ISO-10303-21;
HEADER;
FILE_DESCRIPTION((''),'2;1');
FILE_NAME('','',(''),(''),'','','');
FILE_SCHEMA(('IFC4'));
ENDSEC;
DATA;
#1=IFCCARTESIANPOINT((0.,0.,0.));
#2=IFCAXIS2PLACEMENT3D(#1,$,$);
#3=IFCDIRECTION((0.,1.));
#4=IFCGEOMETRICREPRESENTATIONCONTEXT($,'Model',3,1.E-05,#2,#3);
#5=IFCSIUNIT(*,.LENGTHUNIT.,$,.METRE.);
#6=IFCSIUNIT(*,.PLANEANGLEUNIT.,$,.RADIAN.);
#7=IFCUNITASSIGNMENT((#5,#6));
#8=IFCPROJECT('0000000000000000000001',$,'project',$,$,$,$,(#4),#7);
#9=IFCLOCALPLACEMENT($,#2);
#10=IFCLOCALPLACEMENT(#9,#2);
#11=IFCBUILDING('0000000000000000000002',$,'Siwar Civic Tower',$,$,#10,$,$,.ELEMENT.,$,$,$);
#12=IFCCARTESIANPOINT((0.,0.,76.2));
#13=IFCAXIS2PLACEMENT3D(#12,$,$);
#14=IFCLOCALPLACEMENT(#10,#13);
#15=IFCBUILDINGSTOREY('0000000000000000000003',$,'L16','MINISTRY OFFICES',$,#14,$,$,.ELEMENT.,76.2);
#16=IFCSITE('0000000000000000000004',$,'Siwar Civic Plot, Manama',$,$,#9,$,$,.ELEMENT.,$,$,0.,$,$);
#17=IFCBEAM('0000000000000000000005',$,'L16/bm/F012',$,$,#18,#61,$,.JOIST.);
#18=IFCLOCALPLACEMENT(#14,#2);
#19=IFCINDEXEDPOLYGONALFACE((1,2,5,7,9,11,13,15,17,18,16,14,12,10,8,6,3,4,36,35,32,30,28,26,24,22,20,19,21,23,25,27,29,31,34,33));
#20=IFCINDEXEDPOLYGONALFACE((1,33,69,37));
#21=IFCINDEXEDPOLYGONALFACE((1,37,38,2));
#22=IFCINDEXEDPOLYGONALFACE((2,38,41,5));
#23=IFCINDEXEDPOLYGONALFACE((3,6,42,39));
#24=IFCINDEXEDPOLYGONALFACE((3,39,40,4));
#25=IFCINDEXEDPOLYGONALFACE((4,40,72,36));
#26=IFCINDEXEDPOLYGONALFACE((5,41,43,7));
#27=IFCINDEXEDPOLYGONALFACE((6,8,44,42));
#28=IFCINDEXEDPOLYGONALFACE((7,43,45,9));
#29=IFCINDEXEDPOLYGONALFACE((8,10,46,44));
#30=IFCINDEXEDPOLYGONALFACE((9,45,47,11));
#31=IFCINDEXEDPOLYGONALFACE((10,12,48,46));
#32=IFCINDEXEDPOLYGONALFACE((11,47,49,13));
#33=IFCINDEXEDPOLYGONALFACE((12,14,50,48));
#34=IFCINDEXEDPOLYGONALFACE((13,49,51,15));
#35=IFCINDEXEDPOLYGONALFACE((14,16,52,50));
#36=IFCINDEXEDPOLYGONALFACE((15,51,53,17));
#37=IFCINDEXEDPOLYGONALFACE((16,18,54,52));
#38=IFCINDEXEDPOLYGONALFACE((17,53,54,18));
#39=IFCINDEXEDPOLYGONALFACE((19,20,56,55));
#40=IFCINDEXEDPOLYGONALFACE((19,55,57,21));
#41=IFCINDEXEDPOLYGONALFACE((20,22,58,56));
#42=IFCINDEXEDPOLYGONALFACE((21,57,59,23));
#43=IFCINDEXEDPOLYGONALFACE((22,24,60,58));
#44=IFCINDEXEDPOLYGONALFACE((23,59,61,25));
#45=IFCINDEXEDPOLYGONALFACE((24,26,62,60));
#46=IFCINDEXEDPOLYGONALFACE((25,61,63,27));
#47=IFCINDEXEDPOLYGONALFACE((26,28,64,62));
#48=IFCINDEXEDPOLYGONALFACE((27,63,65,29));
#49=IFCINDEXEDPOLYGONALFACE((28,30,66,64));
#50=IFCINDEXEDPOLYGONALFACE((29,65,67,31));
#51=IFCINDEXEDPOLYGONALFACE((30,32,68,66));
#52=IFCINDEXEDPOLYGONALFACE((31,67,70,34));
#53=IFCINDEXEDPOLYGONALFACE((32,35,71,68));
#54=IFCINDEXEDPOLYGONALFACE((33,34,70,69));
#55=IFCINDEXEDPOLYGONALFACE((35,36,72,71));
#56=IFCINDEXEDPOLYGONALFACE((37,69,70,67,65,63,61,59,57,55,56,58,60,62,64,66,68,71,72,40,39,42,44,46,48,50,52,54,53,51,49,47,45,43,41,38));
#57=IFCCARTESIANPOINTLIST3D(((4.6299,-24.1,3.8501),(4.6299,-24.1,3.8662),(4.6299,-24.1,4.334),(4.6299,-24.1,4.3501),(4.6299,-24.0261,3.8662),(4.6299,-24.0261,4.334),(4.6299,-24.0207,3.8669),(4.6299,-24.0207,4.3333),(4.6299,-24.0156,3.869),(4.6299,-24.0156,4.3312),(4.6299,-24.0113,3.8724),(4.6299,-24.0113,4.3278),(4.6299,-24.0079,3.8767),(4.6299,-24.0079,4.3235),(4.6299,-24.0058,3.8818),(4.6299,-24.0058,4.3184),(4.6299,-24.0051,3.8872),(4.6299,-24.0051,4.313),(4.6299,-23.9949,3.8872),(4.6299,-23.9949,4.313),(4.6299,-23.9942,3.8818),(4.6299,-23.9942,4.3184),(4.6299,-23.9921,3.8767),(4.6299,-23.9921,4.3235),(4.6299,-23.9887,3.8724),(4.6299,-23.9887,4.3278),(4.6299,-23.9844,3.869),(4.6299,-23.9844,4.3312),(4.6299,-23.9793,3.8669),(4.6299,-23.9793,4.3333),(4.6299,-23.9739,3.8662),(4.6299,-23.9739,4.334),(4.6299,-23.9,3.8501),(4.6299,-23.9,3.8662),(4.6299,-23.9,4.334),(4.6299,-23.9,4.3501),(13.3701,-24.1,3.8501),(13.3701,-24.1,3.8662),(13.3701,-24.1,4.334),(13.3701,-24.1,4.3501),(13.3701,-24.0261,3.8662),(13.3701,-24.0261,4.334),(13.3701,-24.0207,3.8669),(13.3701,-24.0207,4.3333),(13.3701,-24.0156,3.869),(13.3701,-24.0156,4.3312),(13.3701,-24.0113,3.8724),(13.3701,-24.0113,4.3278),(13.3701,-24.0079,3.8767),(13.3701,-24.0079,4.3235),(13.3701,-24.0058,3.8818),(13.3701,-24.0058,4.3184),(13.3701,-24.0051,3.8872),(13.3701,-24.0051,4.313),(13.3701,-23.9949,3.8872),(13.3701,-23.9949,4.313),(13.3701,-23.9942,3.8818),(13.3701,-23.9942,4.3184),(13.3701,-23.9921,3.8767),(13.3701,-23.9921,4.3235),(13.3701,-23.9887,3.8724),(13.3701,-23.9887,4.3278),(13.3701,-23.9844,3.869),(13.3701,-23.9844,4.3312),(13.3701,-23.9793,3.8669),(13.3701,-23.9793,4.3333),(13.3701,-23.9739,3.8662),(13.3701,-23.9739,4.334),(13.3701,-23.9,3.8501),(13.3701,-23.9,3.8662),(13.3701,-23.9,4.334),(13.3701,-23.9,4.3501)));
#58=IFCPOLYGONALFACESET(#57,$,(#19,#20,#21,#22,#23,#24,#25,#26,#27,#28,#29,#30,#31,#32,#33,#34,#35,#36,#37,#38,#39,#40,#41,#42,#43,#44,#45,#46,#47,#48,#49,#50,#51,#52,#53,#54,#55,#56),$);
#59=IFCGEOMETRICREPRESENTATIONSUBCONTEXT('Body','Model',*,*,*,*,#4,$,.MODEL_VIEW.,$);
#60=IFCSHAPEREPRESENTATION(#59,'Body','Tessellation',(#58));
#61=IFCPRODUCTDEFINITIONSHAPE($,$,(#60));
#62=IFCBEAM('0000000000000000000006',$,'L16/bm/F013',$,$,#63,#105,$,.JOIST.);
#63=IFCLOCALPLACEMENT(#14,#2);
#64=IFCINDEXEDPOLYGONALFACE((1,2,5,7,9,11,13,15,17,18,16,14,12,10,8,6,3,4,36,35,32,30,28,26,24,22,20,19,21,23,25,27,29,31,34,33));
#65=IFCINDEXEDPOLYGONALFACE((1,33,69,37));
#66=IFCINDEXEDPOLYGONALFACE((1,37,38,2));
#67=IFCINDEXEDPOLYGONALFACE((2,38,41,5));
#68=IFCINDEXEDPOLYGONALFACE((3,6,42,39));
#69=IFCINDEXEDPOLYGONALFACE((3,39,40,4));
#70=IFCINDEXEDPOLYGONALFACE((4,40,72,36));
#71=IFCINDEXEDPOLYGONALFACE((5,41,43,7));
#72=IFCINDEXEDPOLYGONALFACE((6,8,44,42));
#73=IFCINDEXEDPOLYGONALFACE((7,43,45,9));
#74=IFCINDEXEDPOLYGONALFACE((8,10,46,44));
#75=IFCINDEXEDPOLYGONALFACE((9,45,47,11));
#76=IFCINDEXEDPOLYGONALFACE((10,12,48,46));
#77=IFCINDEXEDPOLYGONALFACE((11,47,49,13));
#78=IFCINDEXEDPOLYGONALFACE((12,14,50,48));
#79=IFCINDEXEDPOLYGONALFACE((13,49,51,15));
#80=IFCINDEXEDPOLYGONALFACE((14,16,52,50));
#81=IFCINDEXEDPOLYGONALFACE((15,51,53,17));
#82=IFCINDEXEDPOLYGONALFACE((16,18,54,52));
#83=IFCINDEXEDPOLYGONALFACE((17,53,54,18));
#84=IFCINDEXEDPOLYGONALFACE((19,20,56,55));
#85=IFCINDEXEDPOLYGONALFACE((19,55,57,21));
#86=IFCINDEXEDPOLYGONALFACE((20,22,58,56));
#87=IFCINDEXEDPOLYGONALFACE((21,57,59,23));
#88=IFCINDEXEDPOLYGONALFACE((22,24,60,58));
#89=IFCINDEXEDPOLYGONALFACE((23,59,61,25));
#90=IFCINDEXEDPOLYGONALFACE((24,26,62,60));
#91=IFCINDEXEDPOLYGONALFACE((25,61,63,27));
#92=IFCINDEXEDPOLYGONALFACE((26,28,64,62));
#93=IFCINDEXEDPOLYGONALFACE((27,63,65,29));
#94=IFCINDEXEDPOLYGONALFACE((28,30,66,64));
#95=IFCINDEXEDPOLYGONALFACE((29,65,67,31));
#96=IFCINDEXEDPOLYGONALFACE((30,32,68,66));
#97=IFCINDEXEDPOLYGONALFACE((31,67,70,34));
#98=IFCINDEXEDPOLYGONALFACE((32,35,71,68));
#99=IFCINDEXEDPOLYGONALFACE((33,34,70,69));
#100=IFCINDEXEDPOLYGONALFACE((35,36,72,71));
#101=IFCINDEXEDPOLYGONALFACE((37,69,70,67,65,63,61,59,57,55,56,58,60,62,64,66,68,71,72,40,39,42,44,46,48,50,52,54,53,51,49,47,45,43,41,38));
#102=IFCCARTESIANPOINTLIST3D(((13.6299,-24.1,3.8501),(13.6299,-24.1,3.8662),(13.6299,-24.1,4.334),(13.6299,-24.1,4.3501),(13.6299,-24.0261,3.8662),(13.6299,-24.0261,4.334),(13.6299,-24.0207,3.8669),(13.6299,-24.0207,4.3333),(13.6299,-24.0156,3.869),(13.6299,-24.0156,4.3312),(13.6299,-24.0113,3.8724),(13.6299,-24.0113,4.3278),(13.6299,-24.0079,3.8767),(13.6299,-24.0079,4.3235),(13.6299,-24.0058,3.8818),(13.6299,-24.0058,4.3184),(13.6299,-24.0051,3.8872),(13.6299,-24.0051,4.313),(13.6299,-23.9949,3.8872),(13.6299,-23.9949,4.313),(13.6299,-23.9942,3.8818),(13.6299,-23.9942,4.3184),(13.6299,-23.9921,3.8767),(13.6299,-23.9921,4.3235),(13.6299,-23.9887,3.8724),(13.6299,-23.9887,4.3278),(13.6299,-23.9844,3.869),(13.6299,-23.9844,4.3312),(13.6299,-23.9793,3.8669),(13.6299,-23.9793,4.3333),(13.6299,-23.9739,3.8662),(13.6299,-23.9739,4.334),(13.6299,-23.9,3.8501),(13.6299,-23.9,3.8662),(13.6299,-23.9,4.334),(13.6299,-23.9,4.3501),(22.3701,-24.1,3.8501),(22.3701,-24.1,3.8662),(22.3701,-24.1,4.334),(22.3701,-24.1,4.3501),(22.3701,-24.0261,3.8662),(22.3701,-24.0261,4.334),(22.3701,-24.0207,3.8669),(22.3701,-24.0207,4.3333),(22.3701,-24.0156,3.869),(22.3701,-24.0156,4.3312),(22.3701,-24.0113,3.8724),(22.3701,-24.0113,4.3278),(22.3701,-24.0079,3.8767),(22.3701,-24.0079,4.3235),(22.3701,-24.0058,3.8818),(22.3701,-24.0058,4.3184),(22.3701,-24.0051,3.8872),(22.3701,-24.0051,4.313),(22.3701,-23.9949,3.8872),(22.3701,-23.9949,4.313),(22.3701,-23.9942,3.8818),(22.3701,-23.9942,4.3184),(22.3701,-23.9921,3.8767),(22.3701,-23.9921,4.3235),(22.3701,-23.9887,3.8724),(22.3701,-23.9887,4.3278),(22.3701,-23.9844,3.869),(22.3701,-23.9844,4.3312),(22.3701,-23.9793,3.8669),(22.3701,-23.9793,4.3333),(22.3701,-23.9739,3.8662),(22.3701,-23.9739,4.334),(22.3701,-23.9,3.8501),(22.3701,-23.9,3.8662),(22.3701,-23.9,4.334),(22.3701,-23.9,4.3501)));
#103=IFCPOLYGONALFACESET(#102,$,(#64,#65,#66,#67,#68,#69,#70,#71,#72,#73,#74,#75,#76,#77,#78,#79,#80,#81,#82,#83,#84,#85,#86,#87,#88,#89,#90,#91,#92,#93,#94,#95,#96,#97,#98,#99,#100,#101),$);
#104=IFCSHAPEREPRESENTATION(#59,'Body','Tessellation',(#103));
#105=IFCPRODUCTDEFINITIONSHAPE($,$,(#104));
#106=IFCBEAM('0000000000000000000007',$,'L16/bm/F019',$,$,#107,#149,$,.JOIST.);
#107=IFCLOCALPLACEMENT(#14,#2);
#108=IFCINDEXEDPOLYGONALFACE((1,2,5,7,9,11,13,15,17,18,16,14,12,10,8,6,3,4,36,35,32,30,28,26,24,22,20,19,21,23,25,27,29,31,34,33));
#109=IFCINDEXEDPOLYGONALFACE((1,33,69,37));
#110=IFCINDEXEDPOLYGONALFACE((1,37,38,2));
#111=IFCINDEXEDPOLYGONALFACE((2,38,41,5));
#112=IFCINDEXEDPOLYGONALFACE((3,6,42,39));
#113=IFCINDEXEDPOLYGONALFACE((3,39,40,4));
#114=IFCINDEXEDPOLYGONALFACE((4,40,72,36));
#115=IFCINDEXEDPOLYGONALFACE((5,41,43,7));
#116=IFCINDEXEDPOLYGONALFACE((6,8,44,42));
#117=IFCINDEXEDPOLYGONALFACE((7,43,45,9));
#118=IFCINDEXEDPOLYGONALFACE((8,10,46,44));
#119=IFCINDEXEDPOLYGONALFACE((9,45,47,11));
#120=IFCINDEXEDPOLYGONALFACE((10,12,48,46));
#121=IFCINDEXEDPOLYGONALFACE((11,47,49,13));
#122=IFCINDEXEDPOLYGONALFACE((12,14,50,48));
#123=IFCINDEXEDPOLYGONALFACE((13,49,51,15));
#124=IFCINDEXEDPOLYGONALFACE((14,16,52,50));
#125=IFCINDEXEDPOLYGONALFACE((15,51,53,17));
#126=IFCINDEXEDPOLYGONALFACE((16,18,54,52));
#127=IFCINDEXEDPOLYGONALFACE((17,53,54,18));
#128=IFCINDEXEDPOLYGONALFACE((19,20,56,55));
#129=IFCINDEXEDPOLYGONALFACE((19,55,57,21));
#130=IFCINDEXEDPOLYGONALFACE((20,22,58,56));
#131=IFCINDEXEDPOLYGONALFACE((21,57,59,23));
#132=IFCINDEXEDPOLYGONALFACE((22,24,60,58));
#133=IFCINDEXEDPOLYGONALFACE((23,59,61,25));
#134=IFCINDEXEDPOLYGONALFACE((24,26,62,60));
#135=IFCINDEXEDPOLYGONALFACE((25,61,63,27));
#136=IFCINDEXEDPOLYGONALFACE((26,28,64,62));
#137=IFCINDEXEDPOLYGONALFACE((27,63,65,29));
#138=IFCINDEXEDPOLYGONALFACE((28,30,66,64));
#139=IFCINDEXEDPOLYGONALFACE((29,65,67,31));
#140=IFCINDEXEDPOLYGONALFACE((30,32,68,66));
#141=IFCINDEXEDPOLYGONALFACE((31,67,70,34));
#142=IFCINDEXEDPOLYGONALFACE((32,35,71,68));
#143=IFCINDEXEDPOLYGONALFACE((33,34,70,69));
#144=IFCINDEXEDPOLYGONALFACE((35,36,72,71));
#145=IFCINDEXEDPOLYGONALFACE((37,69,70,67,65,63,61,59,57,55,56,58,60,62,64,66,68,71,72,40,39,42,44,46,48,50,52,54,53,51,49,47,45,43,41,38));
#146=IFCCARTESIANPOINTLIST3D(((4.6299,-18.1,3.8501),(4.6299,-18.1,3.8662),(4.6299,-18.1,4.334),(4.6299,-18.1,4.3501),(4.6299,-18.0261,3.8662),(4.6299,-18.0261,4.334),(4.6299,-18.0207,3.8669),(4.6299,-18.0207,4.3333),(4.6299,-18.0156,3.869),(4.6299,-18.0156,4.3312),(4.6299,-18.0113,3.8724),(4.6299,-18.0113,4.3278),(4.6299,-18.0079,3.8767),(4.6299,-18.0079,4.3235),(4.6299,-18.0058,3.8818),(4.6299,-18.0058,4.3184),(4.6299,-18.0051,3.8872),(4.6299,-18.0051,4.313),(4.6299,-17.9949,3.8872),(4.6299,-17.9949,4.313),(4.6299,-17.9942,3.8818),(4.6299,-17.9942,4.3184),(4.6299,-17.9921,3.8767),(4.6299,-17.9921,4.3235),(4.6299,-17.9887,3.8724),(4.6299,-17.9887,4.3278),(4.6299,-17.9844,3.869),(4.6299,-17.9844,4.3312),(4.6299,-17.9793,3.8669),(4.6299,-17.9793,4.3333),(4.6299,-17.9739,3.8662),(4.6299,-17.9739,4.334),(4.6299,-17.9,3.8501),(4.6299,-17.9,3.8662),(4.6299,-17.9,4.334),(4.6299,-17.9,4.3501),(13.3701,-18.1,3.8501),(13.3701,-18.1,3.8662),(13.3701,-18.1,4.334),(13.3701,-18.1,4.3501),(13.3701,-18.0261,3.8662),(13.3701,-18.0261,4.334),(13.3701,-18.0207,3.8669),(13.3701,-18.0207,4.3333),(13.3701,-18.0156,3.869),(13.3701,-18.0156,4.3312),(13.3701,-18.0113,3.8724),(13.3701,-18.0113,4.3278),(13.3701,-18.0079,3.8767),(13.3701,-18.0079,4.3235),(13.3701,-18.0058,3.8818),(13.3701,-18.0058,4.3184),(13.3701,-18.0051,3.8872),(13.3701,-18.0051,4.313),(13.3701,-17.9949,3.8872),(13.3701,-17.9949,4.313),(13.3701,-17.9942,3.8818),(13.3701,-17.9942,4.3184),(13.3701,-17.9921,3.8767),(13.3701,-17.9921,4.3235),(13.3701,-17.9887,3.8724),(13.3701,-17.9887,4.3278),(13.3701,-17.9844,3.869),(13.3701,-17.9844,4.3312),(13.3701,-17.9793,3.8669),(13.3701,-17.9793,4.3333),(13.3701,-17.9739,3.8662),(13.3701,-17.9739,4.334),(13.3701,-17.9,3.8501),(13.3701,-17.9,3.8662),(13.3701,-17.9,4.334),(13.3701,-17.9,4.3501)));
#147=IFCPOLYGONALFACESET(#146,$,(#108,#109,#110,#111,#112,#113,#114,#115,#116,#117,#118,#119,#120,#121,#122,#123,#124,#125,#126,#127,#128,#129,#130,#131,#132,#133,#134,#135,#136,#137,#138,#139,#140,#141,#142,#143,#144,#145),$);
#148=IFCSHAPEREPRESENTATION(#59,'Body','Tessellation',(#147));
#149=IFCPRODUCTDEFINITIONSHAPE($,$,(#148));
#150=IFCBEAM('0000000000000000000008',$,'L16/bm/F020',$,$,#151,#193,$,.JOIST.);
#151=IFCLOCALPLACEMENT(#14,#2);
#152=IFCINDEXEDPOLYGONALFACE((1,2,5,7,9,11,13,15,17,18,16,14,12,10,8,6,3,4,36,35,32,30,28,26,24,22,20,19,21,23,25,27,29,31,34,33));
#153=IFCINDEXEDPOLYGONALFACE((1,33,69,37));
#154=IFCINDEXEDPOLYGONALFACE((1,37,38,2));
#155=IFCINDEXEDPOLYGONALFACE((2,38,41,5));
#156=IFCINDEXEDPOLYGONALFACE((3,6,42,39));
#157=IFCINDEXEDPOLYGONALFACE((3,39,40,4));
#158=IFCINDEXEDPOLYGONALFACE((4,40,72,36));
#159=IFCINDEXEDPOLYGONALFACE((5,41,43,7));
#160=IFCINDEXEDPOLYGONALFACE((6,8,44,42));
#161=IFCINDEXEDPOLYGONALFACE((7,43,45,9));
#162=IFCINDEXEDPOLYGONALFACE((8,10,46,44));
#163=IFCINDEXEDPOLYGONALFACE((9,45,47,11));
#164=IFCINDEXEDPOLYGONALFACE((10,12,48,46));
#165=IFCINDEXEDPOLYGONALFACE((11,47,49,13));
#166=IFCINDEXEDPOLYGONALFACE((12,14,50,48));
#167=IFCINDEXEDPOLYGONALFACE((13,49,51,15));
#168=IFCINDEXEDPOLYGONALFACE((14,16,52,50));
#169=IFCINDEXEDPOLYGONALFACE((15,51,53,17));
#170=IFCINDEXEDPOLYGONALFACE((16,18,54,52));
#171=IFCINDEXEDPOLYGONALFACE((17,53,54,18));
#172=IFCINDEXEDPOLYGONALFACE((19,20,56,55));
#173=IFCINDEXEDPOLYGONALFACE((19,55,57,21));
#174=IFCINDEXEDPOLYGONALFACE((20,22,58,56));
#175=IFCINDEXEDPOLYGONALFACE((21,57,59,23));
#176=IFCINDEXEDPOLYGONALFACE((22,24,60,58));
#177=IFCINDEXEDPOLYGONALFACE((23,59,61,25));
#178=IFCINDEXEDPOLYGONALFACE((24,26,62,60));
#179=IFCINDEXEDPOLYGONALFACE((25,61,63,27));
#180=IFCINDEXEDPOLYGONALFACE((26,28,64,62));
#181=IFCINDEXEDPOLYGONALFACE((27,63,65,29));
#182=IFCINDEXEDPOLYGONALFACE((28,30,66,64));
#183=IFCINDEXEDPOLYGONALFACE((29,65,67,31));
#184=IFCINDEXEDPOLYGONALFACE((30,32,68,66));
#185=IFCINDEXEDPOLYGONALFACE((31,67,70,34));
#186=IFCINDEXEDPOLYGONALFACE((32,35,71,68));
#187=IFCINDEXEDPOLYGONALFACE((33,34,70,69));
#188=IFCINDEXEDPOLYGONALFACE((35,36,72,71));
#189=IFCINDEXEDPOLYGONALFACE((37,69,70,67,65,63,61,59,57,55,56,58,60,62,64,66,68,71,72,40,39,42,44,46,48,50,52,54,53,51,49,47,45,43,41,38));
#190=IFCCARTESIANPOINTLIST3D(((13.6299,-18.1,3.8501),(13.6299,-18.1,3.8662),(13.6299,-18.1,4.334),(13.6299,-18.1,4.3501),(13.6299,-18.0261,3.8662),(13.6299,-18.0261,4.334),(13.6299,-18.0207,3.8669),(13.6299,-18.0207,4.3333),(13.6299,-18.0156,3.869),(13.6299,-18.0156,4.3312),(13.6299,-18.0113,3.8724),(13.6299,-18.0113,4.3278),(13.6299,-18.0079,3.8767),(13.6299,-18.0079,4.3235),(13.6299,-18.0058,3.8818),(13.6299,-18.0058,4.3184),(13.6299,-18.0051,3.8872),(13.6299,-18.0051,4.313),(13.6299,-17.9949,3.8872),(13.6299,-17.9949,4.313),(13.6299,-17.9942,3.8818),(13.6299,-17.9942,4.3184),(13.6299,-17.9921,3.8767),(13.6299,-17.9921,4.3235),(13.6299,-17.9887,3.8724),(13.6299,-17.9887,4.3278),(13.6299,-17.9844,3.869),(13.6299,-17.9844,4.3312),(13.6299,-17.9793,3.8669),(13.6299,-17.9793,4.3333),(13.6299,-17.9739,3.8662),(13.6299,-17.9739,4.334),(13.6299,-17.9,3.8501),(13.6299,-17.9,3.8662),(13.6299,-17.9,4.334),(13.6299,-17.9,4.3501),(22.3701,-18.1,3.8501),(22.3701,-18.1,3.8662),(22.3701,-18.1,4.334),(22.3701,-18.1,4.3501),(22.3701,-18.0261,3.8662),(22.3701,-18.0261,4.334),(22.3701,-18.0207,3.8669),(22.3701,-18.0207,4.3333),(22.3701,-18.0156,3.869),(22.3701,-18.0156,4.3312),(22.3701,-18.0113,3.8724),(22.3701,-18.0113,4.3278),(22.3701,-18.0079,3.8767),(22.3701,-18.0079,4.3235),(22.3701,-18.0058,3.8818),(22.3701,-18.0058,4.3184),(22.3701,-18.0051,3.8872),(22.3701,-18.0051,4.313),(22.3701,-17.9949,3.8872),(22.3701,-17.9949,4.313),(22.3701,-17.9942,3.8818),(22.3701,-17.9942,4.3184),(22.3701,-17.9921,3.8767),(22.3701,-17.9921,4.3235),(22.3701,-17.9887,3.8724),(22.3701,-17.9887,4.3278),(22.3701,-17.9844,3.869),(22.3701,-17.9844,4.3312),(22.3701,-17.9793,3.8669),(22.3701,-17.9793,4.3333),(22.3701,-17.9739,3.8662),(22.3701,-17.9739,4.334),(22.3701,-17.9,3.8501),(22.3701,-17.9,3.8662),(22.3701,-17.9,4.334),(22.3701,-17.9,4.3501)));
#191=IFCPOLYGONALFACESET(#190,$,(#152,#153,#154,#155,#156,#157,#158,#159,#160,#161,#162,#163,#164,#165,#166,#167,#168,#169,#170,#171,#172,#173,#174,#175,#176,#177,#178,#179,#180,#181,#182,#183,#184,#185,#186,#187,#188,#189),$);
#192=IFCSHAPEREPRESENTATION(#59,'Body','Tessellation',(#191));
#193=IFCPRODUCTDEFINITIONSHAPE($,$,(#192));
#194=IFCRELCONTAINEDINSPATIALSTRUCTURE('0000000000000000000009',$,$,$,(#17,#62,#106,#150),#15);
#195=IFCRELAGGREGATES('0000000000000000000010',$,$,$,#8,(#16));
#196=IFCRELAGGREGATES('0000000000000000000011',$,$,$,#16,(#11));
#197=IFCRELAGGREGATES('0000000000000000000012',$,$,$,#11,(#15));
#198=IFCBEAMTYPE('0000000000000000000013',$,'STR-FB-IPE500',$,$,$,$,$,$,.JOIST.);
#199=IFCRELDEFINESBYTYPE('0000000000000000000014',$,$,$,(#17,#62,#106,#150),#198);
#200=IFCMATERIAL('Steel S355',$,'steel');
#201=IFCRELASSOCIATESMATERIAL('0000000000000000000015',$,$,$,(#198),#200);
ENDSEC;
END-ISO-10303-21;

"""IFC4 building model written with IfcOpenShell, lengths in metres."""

from ifc_helpers import new_model, si_unit, direction, frame, origin, origin_2d, place, context, subcontext, project, spatial, i_section, extrude, material, material_profile, profile_set, type_object, element, save


model = new_model("IFC4")

# Units and contexts
model_context = context("Model", 3, precision=1e-05, world=origin(), true_north=direction((0.0, 1.0)))
body_context = subcontext(model_context, "Body", "Model", "MODEL_VIEW")
ifc_project = project(units=[si_unit("LENGTHUNIT", "METRE"), si_unit("PLANEANGLEUNIT", "RADIAN")], contexts=[model_context])

# Site, building, storey
site_placement = place(None, origin())
site = spatial("IfcSite", under=ifc_project, at=site_placement, Name="Siwar Civic Plot, Manama", CompositionType="ELEMENT", RefElevation=0.0)
building_placement = place(site_placement, origin())
building = spatial("IfcBuilding", under=site, at=building_placement, Name="Siwar Civic Tower", CompositionType="ELEMENT")
storey_placement = place(building_placement, frame((0.0, 0.0, 76.2)))
storey = spatial("IfcBuildingStorey", under=building, at=storey_placement, Name="L16", Description="MINISTRY OFFICES", CompositionType="ELEMENT", Elevation=76.2)

# Beams
ifc_material_1 = material(Name="Steel S355", Category="steel")
ifc_material_profile_1 = material_profile(ifc_material_1, i_section(OverallWidth=0.2, OverallDepth=0.5, WebThickness=0.0103, FlangeThickness=0.0161, FilletRadius=0.021, at=origin_2d()), Name="IPE500")
ifc_profile_set_1 = profile_set([ifc_material_profile_1], Name="Steel S355")
beam_type_1 = type_object("IfcBeamType", Name="STR-FB-IPE500", PredefinedType="JOIST", material=ifc_profile_set_1)
for number, where, z_axis, x_axis, name in (
    (1, (4.6299, -24.0, 4.1001), (1.0, 0.0, 0.0), (0.0, 1.0, 0.0), "L16/bm/F012"),
    (2, (13.6299, -24.0, 4.1001), (1.0, 0.0, 0.0), (0.0, 1.0, 0.0), "L16/bm/F013"),
    (3, (4.6299, -18.0, 4.1001), (1.0, 0.0, 0.0), (0.0, 1.0, 0.0), "L16/bm/F019"),
    (4, (13.6299, -18.0, 4.1001), (1.0, 0.0, 0.0), (0.0, 1.0, 0.0), "L16/bm/F020"),
):
    element("IfcBeam", number, at=place(storey_placement, frame(where, z_axis=z_axis, x_axis=x_axis)), inside=storey, type_object=beam_type_1, Name=name, PredefinedType="JOIST", context=body_context, shape_type="SweptSolid", body=[
        extrude(i_section(OverallWidth=0.2, OverallDepth=0.5, WebThickness=0.0103, FlangeThickness=0.0161, FilletRadius=0.021, at=origin_2d()), origin(), (0.0, 0.0, 1.0), 8.7402),
    ])

save(model, "model.ifc")
